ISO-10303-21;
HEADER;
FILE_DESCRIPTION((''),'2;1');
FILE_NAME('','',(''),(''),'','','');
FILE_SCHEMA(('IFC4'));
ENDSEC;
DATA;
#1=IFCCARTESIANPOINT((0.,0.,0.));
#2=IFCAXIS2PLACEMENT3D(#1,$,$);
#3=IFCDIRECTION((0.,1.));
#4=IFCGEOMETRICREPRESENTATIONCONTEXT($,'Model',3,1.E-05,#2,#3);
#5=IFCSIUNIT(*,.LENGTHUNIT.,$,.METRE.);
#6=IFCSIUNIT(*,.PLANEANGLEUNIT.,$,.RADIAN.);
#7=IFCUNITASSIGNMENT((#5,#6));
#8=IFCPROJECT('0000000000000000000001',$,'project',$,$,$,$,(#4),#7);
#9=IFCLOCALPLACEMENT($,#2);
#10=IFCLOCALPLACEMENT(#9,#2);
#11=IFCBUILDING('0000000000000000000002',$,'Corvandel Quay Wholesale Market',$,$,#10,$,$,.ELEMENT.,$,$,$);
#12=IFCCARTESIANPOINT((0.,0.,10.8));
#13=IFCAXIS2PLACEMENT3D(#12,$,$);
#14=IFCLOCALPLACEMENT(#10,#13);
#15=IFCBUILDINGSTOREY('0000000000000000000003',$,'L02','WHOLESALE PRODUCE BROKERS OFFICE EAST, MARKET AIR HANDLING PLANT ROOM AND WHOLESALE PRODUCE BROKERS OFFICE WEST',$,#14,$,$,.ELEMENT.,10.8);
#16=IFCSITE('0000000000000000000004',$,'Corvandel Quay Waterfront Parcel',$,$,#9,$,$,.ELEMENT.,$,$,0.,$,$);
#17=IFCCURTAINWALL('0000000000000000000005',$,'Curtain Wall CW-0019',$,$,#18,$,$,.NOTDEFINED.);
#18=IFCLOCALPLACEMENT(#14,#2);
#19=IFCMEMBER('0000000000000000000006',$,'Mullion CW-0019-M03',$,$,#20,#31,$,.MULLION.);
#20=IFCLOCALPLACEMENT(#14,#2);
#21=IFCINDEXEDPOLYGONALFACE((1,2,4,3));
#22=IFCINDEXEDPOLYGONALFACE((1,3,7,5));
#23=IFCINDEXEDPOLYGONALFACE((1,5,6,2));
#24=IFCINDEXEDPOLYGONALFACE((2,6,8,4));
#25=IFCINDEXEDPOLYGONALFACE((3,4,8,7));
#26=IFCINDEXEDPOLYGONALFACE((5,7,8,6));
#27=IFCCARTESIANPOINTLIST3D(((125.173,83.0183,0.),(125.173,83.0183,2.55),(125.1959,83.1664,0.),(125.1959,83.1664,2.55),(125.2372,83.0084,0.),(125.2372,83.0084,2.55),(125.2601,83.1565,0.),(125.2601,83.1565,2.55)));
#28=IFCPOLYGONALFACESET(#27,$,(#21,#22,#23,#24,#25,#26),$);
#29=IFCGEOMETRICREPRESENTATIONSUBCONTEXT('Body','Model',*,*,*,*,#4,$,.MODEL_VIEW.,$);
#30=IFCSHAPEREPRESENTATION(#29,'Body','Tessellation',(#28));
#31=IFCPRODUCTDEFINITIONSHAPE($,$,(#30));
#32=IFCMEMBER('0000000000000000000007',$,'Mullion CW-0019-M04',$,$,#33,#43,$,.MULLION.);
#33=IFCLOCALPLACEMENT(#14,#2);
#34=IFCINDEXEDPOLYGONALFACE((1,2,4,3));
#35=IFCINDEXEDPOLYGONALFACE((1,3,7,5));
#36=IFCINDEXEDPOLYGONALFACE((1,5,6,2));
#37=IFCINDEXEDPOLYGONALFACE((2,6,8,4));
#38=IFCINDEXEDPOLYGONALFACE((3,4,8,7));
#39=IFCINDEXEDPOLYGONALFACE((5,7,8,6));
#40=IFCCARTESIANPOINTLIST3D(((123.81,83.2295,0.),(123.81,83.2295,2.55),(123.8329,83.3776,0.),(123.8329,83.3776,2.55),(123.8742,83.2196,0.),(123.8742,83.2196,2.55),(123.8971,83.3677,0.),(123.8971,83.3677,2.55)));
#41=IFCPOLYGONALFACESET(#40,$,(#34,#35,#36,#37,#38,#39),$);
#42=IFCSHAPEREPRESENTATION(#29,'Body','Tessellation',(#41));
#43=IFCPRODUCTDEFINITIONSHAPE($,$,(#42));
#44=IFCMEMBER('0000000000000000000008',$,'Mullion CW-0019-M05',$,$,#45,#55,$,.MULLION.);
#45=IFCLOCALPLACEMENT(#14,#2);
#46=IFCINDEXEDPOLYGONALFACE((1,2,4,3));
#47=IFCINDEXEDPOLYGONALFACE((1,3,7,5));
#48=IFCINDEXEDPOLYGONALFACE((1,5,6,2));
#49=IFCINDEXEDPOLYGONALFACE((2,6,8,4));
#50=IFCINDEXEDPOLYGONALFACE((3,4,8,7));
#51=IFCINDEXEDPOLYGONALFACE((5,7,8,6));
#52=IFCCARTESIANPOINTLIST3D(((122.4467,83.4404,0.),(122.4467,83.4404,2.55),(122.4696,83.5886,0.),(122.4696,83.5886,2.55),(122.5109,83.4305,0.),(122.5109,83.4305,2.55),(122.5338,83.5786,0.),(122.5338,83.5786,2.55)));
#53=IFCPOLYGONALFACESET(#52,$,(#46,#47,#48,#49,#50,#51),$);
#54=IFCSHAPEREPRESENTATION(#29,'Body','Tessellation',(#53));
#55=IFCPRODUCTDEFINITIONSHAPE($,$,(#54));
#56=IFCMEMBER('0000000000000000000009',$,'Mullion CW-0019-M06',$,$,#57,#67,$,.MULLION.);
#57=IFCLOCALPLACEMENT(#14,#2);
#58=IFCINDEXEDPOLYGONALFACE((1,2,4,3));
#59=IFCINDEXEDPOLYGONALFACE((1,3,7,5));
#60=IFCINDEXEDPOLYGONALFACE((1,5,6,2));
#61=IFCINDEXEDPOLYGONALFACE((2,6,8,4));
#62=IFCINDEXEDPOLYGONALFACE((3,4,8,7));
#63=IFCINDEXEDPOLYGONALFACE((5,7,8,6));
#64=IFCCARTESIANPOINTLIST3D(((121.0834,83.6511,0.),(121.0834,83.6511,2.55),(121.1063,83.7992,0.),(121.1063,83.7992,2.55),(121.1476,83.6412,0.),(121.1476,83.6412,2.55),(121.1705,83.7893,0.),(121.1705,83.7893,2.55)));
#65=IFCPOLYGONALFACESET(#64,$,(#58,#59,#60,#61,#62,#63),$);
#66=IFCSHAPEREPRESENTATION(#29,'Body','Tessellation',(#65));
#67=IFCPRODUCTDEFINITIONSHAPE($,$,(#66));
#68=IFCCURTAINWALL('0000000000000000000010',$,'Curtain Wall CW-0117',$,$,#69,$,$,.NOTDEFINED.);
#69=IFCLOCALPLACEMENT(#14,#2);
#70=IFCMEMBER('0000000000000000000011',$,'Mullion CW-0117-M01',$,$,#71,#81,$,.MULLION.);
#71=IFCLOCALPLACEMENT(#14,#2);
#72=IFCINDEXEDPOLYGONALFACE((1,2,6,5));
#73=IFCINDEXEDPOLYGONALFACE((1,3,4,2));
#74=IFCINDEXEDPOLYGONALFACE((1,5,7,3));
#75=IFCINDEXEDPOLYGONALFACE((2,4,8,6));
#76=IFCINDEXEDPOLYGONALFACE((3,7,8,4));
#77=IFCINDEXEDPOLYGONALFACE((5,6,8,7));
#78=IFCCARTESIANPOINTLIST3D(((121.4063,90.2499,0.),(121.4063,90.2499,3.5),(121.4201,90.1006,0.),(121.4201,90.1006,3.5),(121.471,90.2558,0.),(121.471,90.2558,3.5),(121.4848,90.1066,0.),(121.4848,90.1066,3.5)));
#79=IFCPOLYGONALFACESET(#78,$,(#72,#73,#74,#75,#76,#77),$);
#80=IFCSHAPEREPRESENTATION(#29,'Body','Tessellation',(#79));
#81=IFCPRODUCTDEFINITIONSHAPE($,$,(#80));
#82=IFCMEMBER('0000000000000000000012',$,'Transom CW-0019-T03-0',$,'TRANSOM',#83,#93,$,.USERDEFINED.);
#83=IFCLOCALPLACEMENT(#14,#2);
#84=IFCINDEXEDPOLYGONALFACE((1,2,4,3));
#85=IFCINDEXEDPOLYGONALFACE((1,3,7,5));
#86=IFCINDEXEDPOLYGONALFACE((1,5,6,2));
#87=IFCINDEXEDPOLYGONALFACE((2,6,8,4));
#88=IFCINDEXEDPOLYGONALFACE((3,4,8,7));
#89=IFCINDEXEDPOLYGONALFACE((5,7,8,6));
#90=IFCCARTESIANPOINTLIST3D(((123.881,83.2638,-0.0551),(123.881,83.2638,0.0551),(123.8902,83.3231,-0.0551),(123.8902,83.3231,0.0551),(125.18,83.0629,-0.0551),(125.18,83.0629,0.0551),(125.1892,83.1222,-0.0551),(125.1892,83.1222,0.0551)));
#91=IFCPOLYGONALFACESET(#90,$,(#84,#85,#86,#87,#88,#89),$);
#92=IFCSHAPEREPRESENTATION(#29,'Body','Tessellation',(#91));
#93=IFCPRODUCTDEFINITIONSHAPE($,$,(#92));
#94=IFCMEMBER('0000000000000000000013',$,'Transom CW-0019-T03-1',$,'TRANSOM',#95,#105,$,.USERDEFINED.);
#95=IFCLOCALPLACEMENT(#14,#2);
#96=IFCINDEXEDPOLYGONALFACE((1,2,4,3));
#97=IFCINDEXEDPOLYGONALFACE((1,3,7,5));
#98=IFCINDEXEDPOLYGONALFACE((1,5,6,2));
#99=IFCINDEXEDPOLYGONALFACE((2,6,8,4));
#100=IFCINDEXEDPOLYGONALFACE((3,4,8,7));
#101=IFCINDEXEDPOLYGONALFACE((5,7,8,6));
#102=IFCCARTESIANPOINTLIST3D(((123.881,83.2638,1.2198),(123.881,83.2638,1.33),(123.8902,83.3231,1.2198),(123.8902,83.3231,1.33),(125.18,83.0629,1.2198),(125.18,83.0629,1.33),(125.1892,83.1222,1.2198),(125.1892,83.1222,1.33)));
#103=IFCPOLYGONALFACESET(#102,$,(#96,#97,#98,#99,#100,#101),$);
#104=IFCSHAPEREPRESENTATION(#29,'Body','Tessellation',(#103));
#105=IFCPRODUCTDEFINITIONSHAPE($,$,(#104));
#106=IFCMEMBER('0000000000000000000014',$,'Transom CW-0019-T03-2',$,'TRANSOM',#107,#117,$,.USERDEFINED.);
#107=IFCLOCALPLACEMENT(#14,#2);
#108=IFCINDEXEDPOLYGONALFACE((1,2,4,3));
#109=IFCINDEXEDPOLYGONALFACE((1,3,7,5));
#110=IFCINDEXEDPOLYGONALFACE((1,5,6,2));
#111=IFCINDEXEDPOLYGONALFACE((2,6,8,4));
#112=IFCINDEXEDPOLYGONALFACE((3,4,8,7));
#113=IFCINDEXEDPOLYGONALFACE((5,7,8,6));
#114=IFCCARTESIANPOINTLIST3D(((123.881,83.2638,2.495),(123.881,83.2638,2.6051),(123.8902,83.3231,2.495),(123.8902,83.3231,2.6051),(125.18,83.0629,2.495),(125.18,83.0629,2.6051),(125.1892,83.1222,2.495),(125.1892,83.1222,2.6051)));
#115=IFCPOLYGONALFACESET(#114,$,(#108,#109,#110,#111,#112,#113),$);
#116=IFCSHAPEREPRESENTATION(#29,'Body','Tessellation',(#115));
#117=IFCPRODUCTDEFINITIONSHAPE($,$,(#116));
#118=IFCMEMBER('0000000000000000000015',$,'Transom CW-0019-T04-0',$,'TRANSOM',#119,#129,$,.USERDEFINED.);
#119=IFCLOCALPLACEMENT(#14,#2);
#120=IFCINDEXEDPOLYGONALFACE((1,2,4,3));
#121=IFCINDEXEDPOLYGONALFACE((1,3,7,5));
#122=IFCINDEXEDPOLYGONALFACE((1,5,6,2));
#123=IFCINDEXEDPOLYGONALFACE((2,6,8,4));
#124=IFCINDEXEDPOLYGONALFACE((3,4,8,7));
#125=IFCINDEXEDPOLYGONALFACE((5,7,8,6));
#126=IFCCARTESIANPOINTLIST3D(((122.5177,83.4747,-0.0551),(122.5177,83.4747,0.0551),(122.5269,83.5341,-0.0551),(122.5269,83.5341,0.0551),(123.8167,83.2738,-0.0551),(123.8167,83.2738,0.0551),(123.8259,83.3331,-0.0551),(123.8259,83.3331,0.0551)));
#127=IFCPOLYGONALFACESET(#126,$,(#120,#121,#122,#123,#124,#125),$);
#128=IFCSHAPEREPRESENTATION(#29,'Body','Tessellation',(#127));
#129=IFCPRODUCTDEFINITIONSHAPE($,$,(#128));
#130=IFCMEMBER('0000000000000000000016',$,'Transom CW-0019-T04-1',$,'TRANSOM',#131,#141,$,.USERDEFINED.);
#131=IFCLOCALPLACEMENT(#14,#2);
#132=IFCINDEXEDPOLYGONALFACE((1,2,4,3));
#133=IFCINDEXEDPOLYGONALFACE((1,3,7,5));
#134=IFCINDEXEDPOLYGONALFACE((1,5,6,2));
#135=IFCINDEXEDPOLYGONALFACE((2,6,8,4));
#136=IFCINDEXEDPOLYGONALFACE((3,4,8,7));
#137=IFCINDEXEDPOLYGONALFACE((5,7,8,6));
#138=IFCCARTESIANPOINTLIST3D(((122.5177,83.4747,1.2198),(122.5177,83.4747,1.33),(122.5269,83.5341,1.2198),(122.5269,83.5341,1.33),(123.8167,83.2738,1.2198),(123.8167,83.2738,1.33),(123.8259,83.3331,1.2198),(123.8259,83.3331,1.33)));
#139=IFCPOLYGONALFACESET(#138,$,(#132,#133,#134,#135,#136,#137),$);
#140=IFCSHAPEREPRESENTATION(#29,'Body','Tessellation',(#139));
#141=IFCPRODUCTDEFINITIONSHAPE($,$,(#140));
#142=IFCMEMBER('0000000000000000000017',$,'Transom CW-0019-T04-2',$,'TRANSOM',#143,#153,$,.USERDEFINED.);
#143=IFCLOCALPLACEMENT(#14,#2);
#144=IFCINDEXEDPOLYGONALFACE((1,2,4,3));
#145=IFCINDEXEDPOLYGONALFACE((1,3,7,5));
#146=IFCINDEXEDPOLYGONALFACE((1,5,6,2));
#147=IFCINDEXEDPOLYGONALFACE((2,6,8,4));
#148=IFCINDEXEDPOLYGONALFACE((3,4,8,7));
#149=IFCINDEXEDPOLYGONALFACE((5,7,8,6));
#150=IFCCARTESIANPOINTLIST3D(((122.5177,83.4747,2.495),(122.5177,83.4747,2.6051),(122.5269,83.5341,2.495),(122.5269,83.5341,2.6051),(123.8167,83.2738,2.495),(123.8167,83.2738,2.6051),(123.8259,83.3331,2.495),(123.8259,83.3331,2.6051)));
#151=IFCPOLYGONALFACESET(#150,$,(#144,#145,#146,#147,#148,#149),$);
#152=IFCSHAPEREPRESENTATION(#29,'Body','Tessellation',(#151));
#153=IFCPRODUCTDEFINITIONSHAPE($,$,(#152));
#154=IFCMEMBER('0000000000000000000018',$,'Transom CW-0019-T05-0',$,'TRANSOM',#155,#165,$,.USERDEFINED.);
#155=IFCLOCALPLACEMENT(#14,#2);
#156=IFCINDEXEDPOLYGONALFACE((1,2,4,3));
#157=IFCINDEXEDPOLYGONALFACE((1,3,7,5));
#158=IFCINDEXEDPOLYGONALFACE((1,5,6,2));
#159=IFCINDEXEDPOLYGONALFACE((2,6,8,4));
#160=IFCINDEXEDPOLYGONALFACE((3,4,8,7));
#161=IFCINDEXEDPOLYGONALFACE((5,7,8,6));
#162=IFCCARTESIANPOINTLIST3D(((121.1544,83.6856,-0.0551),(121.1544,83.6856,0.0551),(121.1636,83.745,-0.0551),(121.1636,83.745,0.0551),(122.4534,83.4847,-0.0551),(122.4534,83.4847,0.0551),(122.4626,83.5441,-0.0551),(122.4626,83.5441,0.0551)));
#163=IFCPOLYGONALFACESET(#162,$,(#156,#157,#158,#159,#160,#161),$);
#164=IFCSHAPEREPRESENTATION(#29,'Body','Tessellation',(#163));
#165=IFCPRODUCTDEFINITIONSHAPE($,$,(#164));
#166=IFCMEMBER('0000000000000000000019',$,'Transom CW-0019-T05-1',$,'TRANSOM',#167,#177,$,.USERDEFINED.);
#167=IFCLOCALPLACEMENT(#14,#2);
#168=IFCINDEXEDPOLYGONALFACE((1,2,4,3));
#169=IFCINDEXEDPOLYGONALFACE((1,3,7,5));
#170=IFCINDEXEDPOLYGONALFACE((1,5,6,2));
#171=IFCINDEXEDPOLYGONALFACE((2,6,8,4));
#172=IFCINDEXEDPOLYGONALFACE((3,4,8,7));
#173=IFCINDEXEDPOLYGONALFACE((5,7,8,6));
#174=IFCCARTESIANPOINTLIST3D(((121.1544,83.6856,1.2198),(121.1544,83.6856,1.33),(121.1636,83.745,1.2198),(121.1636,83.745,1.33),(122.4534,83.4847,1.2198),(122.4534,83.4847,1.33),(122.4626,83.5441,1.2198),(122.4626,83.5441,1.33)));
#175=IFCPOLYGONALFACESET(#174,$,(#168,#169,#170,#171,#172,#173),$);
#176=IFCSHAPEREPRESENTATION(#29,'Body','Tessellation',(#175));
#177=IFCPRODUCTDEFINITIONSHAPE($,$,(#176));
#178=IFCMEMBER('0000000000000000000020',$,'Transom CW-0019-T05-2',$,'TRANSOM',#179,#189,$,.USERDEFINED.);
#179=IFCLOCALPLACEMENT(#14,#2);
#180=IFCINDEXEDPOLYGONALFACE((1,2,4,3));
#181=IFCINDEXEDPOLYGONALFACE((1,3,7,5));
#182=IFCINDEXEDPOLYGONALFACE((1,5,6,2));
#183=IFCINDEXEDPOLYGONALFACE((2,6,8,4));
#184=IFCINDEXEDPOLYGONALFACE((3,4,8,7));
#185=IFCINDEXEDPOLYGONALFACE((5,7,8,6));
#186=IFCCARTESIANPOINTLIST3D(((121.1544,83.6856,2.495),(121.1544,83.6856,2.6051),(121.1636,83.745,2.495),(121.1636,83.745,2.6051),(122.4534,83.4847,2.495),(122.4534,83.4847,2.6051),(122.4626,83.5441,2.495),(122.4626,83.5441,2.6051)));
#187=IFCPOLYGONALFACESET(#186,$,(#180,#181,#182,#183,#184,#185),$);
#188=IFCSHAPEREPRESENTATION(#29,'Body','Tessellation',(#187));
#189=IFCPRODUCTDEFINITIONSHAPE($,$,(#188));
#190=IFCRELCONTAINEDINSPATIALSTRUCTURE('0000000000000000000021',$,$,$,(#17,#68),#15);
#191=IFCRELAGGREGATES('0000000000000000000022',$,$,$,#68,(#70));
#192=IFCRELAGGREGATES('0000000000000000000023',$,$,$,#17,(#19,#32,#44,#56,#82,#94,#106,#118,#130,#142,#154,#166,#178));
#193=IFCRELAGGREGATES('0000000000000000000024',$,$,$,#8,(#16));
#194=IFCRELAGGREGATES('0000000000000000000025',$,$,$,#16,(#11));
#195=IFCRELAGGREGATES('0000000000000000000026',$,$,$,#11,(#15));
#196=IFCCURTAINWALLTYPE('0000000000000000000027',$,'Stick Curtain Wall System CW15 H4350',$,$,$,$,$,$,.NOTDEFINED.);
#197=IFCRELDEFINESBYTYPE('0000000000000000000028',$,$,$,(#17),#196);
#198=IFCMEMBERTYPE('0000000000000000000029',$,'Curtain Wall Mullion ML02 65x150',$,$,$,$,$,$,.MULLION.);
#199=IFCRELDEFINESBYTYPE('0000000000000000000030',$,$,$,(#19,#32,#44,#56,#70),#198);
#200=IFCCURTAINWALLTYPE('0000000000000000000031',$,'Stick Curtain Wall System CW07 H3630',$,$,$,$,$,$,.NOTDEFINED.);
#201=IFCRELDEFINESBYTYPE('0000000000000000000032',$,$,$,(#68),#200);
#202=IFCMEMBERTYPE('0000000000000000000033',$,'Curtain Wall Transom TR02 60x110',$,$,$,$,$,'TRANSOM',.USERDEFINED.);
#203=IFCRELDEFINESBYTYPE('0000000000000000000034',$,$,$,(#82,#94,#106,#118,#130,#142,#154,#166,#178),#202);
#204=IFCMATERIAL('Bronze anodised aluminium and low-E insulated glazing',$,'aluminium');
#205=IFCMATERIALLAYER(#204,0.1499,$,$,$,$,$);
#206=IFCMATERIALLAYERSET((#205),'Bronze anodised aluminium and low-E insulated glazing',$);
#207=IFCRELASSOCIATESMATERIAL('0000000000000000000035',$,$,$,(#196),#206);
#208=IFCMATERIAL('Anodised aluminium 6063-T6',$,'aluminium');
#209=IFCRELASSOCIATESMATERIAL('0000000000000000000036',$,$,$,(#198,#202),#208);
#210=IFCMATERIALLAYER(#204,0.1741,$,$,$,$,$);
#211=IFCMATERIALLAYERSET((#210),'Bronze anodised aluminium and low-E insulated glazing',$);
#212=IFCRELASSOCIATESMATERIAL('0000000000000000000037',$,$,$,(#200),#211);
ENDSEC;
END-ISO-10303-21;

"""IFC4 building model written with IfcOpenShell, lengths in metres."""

from ifc_helpers import new_model, si_unit, direction, frame, origin, origin_2d, place, context, subcontext, project, spatial, rectangle, extrude, material, layer, layer_set, material_profile, profile_set, type_object, element, aggregate, save


model = new_model("IFC4")

# Units and contexts
model_context = context("Model", 3, precision=1e-05, world=origin(), true_north=direction((0.0, 1.0)))
body_context = subcontext(model_context, "Body", "Model", "MODEL_VIEW")
ifc_project = project(units=[si_unit("LENGTHUNIT", "METRE"), si_unit("PLANEANGLEUNIT", "RADIAN")], contexts=[model_context])

# Site, building, storey
site_placement = place(None, origin())
site = spatial("IfcSite", under=ifc_project, at=site_placement, Name="Corvandel Quay Waterfront Parcel", CompositionType="ELEMENT", RefElevation=0.0)
building_placement = place(site_placement, origin())
building = spatial("IfcBuilding", under=site, at=building_placement, Name="Corvandel Quay Wholesale Market", CompositionType="ELEMENT")
storey_placement = place(building_placement, frame((0.0, 0.0, 10.8)))
storey = spatial("IfcBuildingStorey", under=building, at=storey_placement, Name="L02", Description="WHOLESALE PRODUCE BROKERS OFFICE EAST, MARKET AIR HANDLING PLANT ROOM AND WHOLESALE PRODUCE BROKERS OFFICE WEST", CompositionType="ELEMENT", Elevation=10.8)

# Curtain wall, members
ifc_material_1 = material(Name="Bronze anodised aluminium and low-E insulated glazing", Category="aluminium")
ifc_layer_1 = layer(ifc_material_1, 0.1499)
ifc_layer_set_1 = layer_set([ifc_layer_1], Name="Bronze anodised aluminium and low-E insulated glazing")
curtain_wall_type_1 = type_object("IfcCurtainWallType", Name="Stick Curtain Wall System CW15 H4350", PredefinedType="NOTDEFINED", material=ifc_layer_set_1)
curtain_wall_1_placement = place(storey_placement, origin())
curtain_wall_1 = element("IfcCurtainWall", 1, at=curtain_wall_1_placement, inside=storey, type_object=curtain_wall_type_1, Name="Curtain Wall CW-0019", PredefinedType="NOTDEFINED")
ifc_material_2 = material(Name="Anodised aluminium 6063-T6", Category="aluminium")
ifc_material_profile_1 = material_profile(ifc_material_2, rectangle(XDim=0.0649, YDim=0.1499, at=origin_2d()), Name="ALU-MUL-65x150")
ifc_profile_set_1 = profile_set([ifc_material_profile_1], Name="Anodised aluminium 6063-T6")
member_type_1 = type_object("IfcMemberType", Name="Curtain Wall Mullion ML02 65x150", PredefinedType="MULLION", material=ifc_profile_set_1)
member_1_placement = place(storey_placement, frame((125.2166, 83.0874, 0.0), z_axis=(0.0, 0.0, 1.0), x_axis=(-0.988255, 0.152813, 0.0)))
member_1 = element("IfcMember", 2, at=member_1_placement, type_object=member_type_1, Name="Mullion CW-0019-M03", PredefinedType="MULLION", context=body_context, shape_type="SweptSolid", body=[
    extrude(rectangle(XDim=0.0649, YDim=0.1499, at=origin_2d()), origin(), (0.0, 0.0, 1.0), 2.55),
])
member_2_placement = place(storey_placement, frame((123.8535, 83.2986, 0.0), z_axis=(0.0, 0.0, 1.0), x_axis=(-0.988255, 0.152813, 0.0)))
member_2 = element("IfcMember", 3, at=member_2_placement, type_object=member_type_1, Name="Mullion CW-0019-M04", PredefinedType="MULLION", context=body_context, shape_type="SweptSolid", body=[
    extrude(rectangle(XDim=0.0649, YDim=0.1499, at=origin_2d()), origin(), (0.0, 0.0, 1.0), 2.55),
])
member_3_placement = place(storey_placement, frame((122.4902, 83.5095, 0.0), z_axis=(0.0, 0.0, 1.0), x_axis=(-0.988255, 0.152813, 0.0)))
member_3 = element("IfcMember", 4, at=member_3_placement, type_object=member_type_1, Name="Mullion CW-0019-M05", PredefinedType="MULLION", context=body_context, shape_type="SweptSolid", body=[
    extrude(rectangle(XDim=0.0649, YDim=0.1499, at=origin_2d()), origin(), (0.0, 0.0, 1.0), 2.55),
])
member_4_placement = place(storey_placement, frame((121.127, 83.7202, 0.0), z_axis=(0.0, 0.0, 1.0), x_axis=(-0.988255, 0.152813, 0.0)))
member_4 = element("IfcMember", 5, at=member_4_placement, type_object=member_type_1, Name="Mullion CW-0019-M06", PredefinedType="MULLION", context=body_context, shape_type="SweptSolid", body=[
    extrude(rectangle(XDim=0.0649, YDim=0.1499, at=origin_2d()), origin(), (0.0, 0.0, 1.0), 2.55),
])

# Curtain wall, member
ifc_layer_2 = layer(ifc_material_1, 0.1741)
ifc_layer_set_2 = layer_set([ifc_layer_2], Name="Bronze anodised aluminium and low-E insulated glazing")
curtain_wall_type_2 = type_object("IfcCurtainWallType", Name="Stick Curtain Wall System CW07 H3630", PredefinedType="NOTDEFINED", material=ifc_layer_set_2)
curtain_wall_2_placement = place(storey_placement, origin())
curtain_wall_2 = element("IfcCurtainWall", 6, at=curtain_wall_2_placement, inside=storey, type_object=curtain_wall_type_2, Name="Curtain Wall CW-0117", PredefinedType="NOTDEFINED")
member_5_placement = place(storey_placement, frame((121.4456, 90.1782, 0.0), z_axis=(0.0, 0.0, 1.0), x_axis=(0.995757, 0.092023, 0.0)))
member_5 = element("IfcMember", 7, at=member_5_placement, type_object=member_type_1, Name="Mullion CW-0117-M01", PredefinedType="MULLION", context=body_context, shape_type="SweptSolid", body=[
    extrude(rectangle(XDim=0.0649, YDim=0.1499, at=origin_2d()), origin(), (0.0, 0.0, 1.0), 3.5),
])

# Members
ifc_material_profile_2 = material_profile(ifc_material_2, rectangle(XDim=0.0601, YDim=0.1101, at=origin_2d()), Name="ALU-TRN-60x110")
ifc_profile_set_2 = profile_set([ifc_material_profile_2], Name="Anodised aluminium 6063-T6")
member_type_2 = type_object("IfcMemberType", Name="Curtain Wall Transom TR02 60x110", ElementType="TRANSOM", PredefinedType="USERDEFINED", material=ifc_profile_set_2)
member_6_placement = place(storey_placement, frame((125.1846, 83.0925, 0.0), z_axis=(-0.988249, 0.152853, 0.0), x_axis=(-0.152853, -0.988249, 0.0)))
member_6 = element("IfcMember", 8, at=member_6_placement, type_object=member_type_2, Name="Transom CW-0019-T03-0", ObjectType="TRANSOM", PredefinedType="USERDEFINED", context=body_context, shape_type="SweptSolid", body=[
    extrude(rectangle(XDim=0.0601, YDim=0.1101, at=origin_2d()), origin(), (0.0, 0.0, 1.0), 1.3145),
])
member_7_placement = place(storey_placement, frame((125.1846, 83.0925, 1.2749), z_axis=(-0.988249, 0.152853, 0.0), x_axis=(-0.152853, -0.988249, 0.0)))
member_7 = element("IfcMember", 9, at=member_7_placement, type_object=member_type_2, Name="Transom CW-0019-T03-1", ObjectType="TRANSOM", PredefinedType="USERDEFINED", context=body_context, shape_type="SweptSolid", body=[
    extrude(rectangle(XDim=0.0601, YDim=0.1101, at=origin_2d()), origin(), (0.0, 0.0, 1.0), 1.3145),
])
member_8_placement = place(storey_placement, frame((125.1846, 83.0925, 2.55), z_axis=(-0.988249, 0.152853, 0.0), x_axis=(-0.152853, -0.988249, 0.0)))
member_8 = element("IfcMember", 10, at=member_8_placement, type_object=member_type_2, Name="Transom CW-0019-T03-2", ObjectType="TRANSOM", PredefinedType="USERDEFINED", context=body_context, shape_type="SweptSolid", body=[
    extrude(rectangle(XDim=0.0601, YDim=0.1101, at=origin_2d()), origin(), (0.0, 0.0, 1.0), 1.3145),
])
member_9_placement = place(storey_placement, frame((123.8213, 83.3035, 0.0), z_axis=(-0.988249, 0.152853, 0.0), x_axis=(-0.152853, -0.988249, 0.0)))
member_9 = element("IfcMember", 11, at=member_9_placement, type_object=member_type_2, Name="Transom CW-0019-T04-0", ObjectType="TRANSOM", PredefinedType="USERDEFINED", context=body_context, shape_type="SweptSolid", body=[
    extrude(rectangle(XDim=0.0601, YDim=0.1101, at=origin_2d()), origin(), (0.0, 0.0, 1.0), 1.3145),
])
member_10_placement = place(storey_placement, frame((123.8213, 83.3035, 1.2749), z_axis=(-0.988249, 0.152853, 0.0), x_axis=(-0.152853, -0.988249, 0.0)))
member_10 = element("IfcMember", 12, at=member_10_placement, type_object=member_type_2, Name="Transom CW-0019-T04-1", ObjectType="TRANSOM", PredefinedType="USERDEFINED", context=body_context, shape_type="SweptSolid", body=[
    extrude(rectangle(XDim=0.0601, YDim=0.1101, at=origin_2d()), origin(), (0.0, 0.0, 1.0), 1.3145),
])
member_11_placement = place(storey_placement, frame((123.8213, 83.3035, 2.55), z_axis=(-0.988249, 0.152853, 0.0), x_axis=(-0.152853, -0.988249, 0.0)))
member_11 = element("IfcMember", 13, at=member_11_placement, type_object=member_type_2, Name="Transom CW-0019-T04-2", ObjectType="TRANSOM", PredefinedType="USERDEFINED", context=body_context, shape_type="SweptSolid", body=[
    extrude(rectangle(XDim=0.0601, YDim=0.1101, at=origin_2d()), origin(), (0.0, 0.0, 1.0), 1.3145),
])
member_12_placement = place(storey_placement, frame((122.458, 83.5144, 0.0), z_axis=(-0.988249, 0.152853, 0.0), x_axis=(-0.152853, -0.988249, 0.0)))
member_12 = element("IfcMember", 14, at=member_12_placement, type_object=member_type_2, Name="Transom CW-0019-T05-0", ObjectType="TRANSOM", PredefinedType="USERDEFINED", context=body_context, shape_type="SweptSolid", body=[
    extrude(rectangle(XDim=0.0601, YDim=0.1101, at=origin_2d()), origin(), (0.0, 0.0, 1.0), 1.3145),
])
member_13_placement = place(storey_placement, frame((122.458, 83.5144, 1.2749), z_axis=(-0.988249, 0.152853, 0.0), x_axis=(-0.152853, -0.988249, 0.0)))
member_13 = element("IfcMember", 15, at=member_13_placement, type_object=member_type_2, Name="Transom CW-0019-T05-1", ObjectType="TRANSOM", PredefinedType="USERDEFINED", context=body_context, shape_type="SweptSolid", body=[
    extrude(rectangle(XDim=0.0601, YDim=0.1101, at=origin_2d()), origin(), (0.0, 0.0, 1.0), 1.3145),
])
member_14_placement = place(storey_placement, frame((122.458, 83.5144, 2.55), z_axis=(-0.988249, 0.152853, 0.0), x_axis=(-0.152853, -0.988249, 0.0)))
member_14 = element("IfcMember", 16, at=member_14_placement, type_object=member_type_2, Name="Transom CW-0019-T05-2", ObjectType="TRANSOM", PredefinedType="USERDEFINED", context=body_context, shape_type="SweptSolid", body=[
    extrude(rectangle(XDim=0.0601, YDim=0.1101, at=origin_2d()), origin(), (0.0, 0.0, 1.0), 1.3145),
])
aggregate(curtain_wall_2, [member_5])

aggregate(curtain_wall_1, [member_1, member_2, member_3, member_4, member_6, member_7, member_8, member_9, member_10, member_11, member_12, member_13, member_14])

save(model, "model.ifc")
